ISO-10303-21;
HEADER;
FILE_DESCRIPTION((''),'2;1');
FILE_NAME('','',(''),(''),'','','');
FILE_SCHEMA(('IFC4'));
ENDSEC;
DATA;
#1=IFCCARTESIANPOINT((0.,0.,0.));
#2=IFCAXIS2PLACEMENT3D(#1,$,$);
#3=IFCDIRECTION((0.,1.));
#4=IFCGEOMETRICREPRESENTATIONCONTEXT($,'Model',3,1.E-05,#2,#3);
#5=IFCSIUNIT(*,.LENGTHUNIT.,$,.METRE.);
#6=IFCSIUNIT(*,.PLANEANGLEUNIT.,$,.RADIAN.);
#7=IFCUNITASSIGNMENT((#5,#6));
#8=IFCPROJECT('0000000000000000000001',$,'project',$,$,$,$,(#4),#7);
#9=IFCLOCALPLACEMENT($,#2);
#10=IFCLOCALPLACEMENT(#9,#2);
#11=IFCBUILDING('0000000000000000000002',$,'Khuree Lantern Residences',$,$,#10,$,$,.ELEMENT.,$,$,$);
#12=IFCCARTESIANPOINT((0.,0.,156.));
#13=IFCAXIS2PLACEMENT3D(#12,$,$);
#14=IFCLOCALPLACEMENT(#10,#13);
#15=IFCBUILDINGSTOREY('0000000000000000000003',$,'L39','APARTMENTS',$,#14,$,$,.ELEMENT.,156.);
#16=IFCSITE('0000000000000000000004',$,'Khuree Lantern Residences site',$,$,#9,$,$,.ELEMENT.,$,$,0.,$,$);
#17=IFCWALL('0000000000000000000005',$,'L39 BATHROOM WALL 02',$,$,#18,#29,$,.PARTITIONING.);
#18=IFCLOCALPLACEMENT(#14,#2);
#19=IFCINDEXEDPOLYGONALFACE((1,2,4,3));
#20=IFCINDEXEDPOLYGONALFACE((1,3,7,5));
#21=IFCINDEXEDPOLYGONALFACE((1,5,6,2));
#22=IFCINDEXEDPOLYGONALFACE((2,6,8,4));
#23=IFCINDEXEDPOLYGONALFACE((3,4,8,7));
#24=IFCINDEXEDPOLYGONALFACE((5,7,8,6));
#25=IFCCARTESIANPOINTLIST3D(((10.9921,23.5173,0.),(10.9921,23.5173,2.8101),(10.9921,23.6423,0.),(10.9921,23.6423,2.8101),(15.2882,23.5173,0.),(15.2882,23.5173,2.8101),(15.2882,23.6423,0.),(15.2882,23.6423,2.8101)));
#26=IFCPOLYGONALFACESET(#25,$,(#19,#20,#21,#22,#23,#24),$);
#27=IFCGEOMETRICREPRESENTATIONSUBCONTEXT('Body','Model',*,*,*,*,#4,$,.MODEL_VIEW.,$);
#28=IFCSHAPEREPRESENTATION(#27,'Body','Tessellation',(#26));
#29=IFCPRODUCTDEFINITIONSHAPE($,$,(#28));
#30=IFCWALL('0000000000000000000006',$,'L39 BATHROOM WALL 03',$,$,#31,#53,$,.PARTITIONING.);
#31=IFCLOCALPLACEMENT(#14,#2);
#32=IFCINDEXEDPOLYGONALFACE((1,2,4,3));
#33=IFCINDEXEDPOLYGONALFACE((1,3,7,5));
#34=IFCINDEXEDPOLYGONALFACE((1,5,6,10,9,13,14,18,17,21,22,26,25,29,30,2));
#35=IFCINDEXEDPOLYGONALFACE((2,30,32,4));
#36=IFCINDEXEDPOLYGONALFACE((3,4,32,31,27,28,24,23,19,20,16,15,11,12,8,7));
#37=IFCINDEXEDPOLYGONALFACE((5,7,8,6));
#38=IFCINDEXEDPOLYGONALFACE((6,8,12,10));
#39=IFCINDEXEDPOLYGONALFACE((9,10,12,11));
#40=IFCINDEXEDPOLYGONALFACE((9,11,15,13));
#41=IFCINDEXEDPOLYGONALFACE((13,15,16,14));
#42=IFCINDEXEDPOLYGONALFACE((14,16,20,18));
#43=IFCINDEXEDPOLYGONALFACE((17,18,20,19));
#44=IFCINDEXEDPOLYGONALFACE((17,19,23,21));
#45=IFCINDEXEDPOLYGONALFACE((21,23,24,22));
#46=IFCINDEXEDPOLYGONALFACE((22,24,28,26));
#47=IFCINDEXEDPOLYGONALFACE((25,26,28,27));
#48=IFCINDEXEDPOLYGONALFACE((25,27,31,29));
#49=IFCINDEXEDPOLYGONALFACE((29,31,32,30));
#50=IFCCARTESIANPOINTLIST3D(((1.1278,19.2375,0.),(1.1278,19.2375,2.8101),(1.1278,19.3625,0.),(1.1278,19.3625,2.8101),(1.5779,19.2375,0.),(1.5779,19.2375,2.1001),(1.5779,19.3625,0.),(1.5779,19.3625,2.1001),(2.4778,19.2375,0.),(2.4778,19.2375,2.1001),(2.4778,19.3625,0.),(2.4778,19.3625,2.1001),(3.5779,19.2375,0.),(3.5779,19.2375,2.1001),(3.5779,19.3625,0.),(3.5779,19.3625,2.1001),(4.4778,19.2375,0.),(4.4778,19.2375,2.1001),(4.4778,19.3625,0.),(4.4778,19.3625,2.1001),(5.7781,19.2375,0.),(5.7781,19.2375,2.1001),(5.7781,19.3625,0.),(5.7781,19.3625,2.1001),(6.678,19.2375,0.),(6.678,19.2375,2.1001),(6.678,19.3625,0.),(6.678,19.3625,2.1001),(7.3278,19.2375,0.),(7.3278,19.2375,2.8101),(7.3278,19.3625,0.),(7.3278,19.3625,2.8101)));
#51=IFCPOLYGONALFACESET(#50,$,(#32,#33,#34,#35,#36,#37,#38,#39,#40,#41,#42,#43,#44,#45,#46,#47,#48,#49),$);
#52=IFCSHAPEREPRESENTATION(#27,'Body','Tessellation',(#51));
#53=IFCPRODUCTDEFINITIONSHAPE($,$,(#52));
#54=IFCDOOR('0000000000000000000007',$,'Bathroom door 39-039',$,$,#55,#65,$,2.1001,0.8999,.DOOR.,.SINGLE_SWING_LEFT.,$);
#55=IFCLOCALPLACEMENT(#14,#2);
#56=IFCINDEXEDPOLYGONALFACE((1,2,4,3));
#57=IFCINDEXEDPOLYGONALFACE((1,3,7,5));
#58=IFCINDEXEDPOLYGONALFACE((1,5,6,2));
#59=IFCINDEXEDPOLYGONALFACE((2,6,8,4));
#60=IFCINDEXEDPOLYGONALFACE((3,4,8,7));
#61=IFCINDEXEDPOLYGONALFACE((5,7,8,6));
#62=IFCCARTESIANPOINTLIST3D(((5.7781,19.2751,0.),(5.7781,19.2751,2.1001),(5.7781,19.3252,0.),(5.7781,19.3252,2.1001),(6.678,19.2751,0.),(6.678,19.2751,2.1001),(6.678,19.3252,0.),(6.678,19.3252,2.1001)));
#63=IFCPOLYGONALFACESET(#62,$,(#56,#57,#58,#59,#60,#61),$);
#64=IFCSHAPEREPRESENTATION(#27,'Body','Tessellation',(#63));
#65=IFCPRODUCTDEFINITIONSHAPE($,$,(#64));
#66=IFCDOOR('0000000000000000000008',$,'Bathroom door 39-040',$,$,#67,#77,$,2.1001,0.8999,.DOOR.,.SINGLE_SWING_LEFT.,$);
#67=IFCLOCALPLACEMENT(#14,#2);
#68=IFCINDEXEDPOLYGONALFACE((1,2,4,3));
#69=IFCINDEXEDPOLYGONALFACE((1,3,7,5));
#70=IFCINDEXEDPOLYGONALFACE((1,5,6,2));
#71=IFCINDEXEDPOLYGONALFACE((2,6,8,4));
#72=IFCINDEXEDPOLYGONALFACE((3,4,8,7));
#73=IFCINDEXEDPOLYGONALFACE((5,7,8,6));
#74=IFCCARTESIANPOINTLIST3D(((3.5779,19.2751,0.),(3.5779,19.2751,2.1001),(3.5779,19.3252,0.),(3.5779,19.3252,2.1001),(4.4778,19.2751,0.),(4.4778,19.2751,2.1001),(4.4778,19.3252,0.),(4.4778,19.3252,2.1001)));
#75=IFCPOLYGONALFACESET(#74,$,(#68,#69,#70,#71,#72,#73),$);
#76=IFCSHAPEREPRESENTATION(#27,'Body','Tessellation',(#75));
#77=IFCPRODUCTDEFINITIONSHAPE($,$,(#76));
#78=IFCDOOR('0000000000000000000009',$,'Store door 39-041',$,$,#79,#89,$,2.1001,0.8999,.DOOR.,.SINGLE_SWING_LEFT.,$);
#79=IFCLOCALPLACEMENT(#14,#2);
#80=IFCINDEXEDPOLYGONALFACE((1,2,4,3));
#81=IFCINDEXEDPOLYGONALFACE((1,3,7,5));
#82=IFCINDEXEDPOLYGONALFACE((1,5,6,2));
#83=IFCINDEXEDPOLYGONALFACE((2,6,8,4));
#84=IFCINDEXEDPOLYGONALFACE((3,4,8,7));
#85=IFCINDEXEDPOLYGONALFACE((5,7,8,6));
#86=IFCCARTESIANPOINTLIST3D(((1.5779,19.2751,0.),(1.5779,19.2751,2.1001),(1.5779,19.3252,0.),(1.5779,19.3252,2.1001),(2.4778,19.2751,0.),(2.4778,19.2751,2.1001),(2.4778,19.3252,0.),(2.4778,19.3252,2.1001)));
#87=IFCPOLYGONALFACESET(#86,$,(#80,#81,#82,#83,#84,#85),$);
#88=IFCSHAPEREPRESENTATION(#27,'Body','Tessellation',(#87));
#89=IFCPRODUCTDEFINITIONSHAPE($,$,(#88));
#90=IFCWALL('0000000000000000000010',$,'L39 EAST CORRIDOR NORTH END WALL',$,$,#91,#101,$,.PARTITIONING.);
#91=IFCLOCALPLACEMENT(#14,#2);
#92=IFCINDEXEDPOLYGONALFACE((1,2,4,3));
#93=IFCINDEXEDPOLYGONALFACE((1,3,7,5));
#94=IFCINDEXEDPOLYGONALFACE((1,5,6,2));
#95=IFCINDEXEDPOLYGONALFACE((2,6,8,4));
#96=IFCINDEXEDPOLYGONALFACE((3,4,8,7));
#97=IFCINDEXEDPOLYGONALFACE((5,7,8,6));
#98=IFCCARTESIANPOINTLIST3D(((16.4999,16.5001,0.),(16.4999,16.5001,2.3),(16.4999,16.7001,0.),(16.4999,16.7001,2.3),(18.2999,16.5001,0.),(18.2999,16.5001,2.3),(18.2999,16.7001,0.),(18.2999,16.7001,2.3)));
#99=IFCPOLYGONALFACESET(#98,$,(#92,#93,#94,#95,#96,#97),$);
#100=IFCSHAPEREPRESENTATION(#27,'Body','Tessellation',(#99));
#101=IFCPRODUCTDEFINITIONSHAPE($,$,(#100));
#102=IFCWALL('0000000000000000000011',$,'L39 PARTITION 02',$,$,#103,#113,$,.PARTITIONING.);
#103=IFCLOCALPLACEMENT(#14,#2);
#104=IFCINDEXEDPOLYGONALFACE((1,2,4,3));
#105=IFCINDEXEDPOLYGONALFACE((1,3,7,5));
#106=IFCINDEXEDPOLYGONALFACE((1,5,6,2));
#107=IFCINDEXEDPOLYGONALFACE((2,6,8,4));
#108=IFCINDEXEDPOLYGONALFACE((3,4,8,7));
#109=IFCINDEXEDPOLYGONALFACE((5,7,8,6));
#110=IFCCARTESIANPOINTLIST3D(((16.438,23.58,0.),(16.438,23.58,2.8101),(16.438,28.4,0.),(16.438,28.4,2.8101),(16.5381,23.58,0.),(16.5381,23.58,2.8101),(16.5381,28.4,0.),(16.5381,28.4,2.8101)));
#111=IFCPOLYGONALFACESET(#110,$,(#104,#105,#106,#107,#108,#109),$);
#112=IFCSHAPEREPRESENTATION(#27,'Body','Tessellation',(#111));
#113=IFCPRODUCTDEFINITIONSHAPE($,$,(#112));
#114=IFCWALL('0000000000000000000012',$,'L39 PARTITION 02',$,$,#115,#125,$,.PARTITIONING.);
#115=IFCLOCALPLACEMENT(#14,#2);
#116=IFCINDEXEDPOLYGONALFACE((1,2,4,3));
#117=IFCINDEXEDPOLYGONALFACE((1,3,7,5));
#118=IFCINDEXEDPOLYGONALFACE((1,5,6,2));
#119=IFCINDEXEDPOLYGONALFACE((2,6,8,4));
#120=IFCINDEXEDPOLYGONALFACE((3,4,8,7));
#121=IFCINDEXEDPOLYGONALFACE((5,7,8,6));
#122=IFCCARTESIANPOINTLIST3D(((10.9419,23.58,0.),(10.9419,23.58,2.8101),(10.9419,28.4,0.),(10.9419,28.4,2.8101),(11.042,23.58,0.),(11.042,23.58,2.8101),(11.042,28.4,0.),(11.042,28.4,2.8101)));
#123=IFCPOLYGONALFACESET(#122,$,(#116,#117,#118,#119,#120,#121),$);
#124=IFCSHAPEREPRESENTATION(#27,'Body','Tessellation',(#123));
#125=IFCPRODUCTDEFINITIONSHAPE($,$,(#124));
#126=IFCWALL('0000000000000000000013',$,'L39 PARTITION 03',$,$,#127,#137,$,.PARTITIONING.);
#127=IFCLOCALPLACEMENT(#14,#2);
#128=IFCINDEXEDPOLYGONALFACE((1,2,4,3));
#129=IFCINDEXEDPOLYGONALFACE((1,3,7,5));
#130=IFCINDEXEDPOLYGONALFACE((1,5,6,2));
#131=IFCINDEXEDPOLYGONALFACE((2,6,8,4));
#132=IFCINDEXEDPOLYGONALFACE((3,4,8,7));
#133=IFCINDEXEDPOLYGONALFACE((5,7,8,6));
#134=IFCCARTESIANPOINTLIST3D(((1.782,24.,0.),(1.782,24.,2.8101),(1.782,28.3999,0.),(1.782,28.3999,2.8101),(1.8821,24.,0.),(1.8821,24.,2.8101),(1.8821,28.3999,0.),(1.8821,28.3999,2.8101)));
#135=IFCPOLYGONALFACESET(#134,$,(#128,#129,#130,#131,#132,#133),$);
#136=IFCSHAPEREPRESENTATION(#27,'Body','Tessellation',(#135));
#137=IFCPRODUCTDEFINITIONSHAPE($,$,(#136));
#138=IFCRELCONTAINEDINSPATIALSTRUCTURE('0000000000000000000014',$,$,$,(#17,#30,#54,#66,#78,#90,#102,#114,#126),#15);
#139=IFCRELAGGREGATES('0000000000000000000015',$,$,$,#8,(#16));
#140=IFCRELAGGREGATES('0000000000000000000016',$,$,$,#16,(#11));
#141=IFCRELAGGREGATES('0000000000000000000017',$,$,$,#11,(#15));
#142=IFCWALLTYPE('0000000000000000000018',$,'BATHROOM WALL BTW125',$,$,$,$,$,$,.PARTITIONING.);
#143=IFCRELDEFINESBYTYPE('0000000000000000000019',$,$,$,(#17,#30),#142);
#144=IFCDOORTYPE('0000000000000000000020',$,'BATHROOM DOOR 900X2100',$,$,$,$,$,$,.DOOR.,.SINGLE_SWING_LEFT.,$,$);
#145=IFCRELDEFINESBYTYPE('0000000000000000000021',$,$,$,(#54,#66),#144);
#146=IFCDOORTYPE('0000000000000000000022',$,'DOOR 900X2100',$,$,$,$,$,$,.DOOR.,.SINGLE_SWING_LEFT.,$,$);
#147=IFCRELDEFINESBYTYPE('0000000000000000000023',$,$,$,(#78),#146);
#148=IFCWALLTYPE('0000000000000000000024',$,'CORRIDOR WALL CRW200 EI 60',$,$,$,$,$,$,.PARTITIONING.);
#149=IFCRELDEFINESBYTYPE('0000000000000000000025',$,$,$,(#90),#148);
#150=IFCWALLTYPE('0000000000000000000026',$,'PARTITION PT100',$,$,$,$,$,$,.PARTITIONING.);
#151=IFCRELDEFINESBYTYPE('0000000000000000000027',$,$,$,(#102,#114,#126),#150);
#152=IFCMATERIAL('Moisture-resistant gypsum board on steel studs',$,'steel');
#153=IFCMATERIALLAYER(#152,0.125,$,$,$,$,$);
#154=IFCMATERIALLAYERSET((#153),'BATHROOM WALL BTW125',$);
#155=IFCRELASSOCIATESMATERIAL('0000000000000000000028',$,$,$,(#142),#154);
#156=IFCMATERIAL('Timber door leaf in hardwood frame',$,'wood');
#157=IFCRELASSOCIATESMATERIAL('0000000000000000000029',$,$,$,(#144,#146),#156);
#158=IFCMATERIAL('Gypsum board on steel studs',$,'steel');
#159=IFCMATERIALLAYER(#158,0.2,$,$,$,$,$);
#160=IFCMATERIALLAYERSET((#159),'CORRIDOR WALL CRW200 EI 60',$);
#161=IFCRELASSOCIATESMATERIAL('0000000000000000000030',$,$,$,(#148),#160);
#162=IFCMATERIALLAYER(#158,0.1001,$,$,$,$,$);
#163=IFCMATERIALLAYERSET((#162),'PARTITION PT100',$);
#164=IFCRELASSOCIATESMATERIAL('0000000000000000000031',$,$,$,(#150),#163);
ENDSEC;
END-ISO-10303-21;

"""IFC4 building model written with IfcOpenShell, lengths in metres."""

from ifc_helpers import new_model, si_unit, direction, frame, frame_2d, origin, place, context, subcontext, project, spatial, rectangle, extrude, material, layer, layer_set, type_object, element, fill, save


model = new_model("IFC4")

# Units and contexts
model_context = context("Model", 3, precision=1e-05, world=origin(), true_north=direction((0.0, 1.0)))
body_context = subcontext(model_context, "Body", "Model", "MODEL_VIEW")
ifc_project = project(units=[si_unit("LENGTHUNIT", "METRE"), si_unit("PLANEANGLEUNIT", "RADIAN")], contexts=[model_context])

# Site, building, storey
site_placement = place(None, origin())
site = spatial("IfcSite", under=ifc_project, at=site_placement, Name="Khuree Lantern Residences site", CompositionType="ELEMENT", RefElevation=0.0)
building_placement = place(site_placement, origin())
building = spatial("IfcBuilding", under=site, at=building_placement, Name="Khuree Lantern Residences", CompositionType="ELEMENT")
storey_placement = place(building_placement, frame((0.0, 0.0, 156.0)))
storey = spatial("IfcBuildingStorey", under=building, at=storey_placement, Name="L39", Description="APARTMENTS", CompositionType="ELEMENT", Elevation=156.0)

# Wall
ifc_material_1 = material(Name="Moisture-resistant gypsum board on steel studs", Category="steel")
ifc_layer_1 = layer(ifc_material_1, 0.125)
ifc_layer_set_1 = layer_set([ifc_layer_1], Name="BATHROOM WALL BTW125")
wall_type_1 = type_object("IfcWallType", Name="BATHROOM WALL BTW125", PredefinedType="PARTITIONING", material=ifc_layer_set_1)
wall_1_placement = place(storey_placement, frame((15.2881, 23.5798, 0.0), z_axis=(0.0, 0.0, 1.0), x_axis=(-1.0, 0.0, 0.0)))
element("IfcWall", 1, at=wall_1_placement, inside=storey, type_object=wall_type_1, Name="L39 BATHROOM WALL 02", PredefinedType="PARTITIONING", context=body_context, shape_type="SweptSolid", body=[
    extrude(rectangle(XDim=4.2961, YDim=0.125, at=frame_2d((2.1479, 0.0))), origin(), (0.0, 0.0, 1.0), 2.8101),
])

# Wall, openings, doors
wall_2_placement = place(storey_placement, frame((7.3279, 19.3, 0.0), z_axis=(0.0, 0.0, 1.0), x_axis=(-1.0, 0.0, 0.0)))
wall_2 = element("IfcWall", 2, at=wall_2_placement, inside=storey, type_object=wall_type_1, Name="L39 BATHROOM WALL 03", PredefinedType="PARTITIONING", context=body_context, shape_type="SweptSolid", body=[
    extrude(rectangle(XDim=6.2, YDim=0.125, at=frame_2d((3.1001, 0.0))), origin(), (0.0, 0.0, 1.0), 2.8101),
])
opening_1_placement = place(wall_2_placement, frame((0.6499, 0.0, 0.0)))
opening_1 = element("IfcOpeningElement", 3, at=opening_1_placement, cuts=wall_2, PredefinedType="OPENING", context=body_context, shape_type="SweptSolid", body=[
    extrude(rectangle(XDim=0.8999, YDim=2.1001, at=frame_2d((0.45, 1.05))), frame((0.0, 0.0725, 0.0), z_axis=(0.0, -1.0, 0.0), x_axis=(1.0, 0.0, 0.0)), (0.0, 0.0, 1.0), 0.145),
])
opening_2_placement = place(wall_2_placement, frame((2.8501, 0.0, 0.0)))
opening_2 = element("IfcOpeningElement", 4, at=opening_2_placement, cuts=wall_2, PredefinedType="OPENING", context=body_context, shape_type="SweptSolid", body=[
    extrude(rectangle(XDim=0.8999, YDim=2.1001, at=frame_2d((0.45, 1.05))), frame((0.0, 0.0725, 0.0), z_axis=(0.0, -1.0, 0.0), x_axis=(1.0, 0.0, 0.0)), (0.0, 0.0, 1.0), 0.145),
])
opening_3_placement = place(wall_2_placement, frame((4.8501, 0.0, 0.0)))
opening_3 = element("IfcOpeningElement", 5, at=opening_3_placement, cuts=wall_2, PredefinedType="OPENING", context=body_context, shape_type="SweptSolid", body=[
    extrude(rectangle(XDim=0.8999, YDim=2.1001, at=frame_2d((0.45, 1.05))), frame((0.0, 0.0725, 0.0), z_axis=(0.0, -1.0, 0.0), x_axis=(1.0, 0.0, 0.0)), (0.0, 0.0, 1.0), 0.145),
])
ifc_material_2 = material(Name="Timber door leaf in hardwood frame", Category="wood")
door_type_1 = type_object("IfcDoorType", Name="BATHROOM DOOR 900X2100", OperationType="SINGLE_SWING_LEFT", PredefinedType="DOOR", material=ifc_material_2)
door_1_placement = place(opening_1_placement, origin())
door_1 = element("IfcDoor", 6, at=door_1_placement, inside=storey, type_object=door_type_1, Name="Bathroom door 39-039", OperationType="SINGLE_SWING_LEFT", OverallHeight=2.1001, OverallWidth=0.8999, PredefinedType="DOOR", context=body_context, shape_type="SweptSolid", body=[
    extrude(rectangle(XDim=0.8999, YDim=2.1001, at=frame_2d((0.45, 1.05))), frame((0.0, 0.0249, 0.0), z_axis=(0.0, -1.0, 0.0), x_axis=(1.0, 0.0, 0.0)), (0.0, 0.0, 1.0), 0.05),
])
fill(opening_1, door_1)
door_2_placement = place(opening_2_placement, origin())
door_2 = element("IfcDoor", 7, at=door_2_placement, inside=storey, type_object=door_type_1, Name="Bathroom door 39-040", OperationType="SINGLE_SWING_LEFT", OverallHeight=2.1001, OverallWidth=0.8999, PredefinedType="DOOR", context=body_context, shape_type="SweptSolid", body=[
    extrude(rectangle(XDim=0.8999, YDim=2.1001, at=frame_2d((0.45, 1.05))), frame((0.0, 0.0249, 0.0), z_axis=(0.0, -1.0, 0.0), x_axis=(1.0, 0.0, 0.0)), (0.0, 0.0, 1.0), 0.05),
])
fill(opening_2, door_2)
door_type_2 = type_object("IfcDoorType", Name="DOOR 900X2100", OperationType="SINGLE_SWING_LEFT", PredefinedType="DOOR", material=ifc_material_2)
door_3_placement = place(opening_3_placement, origin())
door_3 = element("IfcDoor", 8, at=door_3_placement, inside=storey, type_object=door_type_2, Name="Store door 39-041", OperationType="SINGLE_SWING_LEFT", OverallHeight=2.1001, OverallWidth=0.8999, PredefinedType="DOOR", context=body_context, shape_type="SweptSolid", body=[
    extrude(rectangle(XDim=0.8999, YDim=2.1001, at=frame_2d((0.45, 1.05))), frame((0.0, 0.0249, 0.0), z_axis=(0.0, -1.0, 0.0), x_axis=(1.0, 0.0, 0.0)), (0.0, 0.0, 1.0), 0.05),
])
fill(opening_3, door_3)

# Walls
ifc_material_3 = material(Name="Gypsum board on steel studs", Category="steel")
ifc_layer_2 = layer(ifc_material_3, 0.2)
ifc_layer_set_2 = layer_set([ifc_layer_2], Name="CORRIDOR WALL CRW200 EI 60")
wall_type_2 = type_object("IfcWallType", Name="CORRIDOR WALL CRW200 EI 60", PredefinedType="PARTITIONING", material=ifc_layer_set_2)
wall_3_placement = place(storey_placement, frame((16.5, 16.6001, 0.0), z_axis=(0.0, 0.0, 1.0), x_axis=(1.0, 0.0, 0.0)))
element("IfcWall", 9, at=wall_3_placement, inside=storey, type_object=wall_type_2, Name="L39 EAST CORRIDOR NORTH END WALL", PredefinedType="PARTITIONING", context=body_context, shape_type="SweptSolid", body=[
    extrude(rectangle(XDim=1.8, YDim=0.2, at=frame_2d((0.8999, 0.0))), origin(), (0.0, 0.0, 1.0), 2.3),
])
ifc_layer_3 = layer(ifc_material_3, 0.1001)
ifc_layer_set_3 = layer_set([ifc_layer_3], Name="PARTITION PT100")
wall_type_3 = type_object("IfcWallType", Name="PARTITION PT100", PredefinedType="PARTITIONING", material=ifc_layer_set_3)
for number, where, z_axis, x_axis, name in (
    (10, (16.488, 23.5798, 0.0), (0.0, 0.0, 1.0), (0.0, 1.0, 0.0), "L39 PARTITION 02"),
    (11, (10.9919, 23.5798, 0.0), (0.0, 0.0, 1.0), (0.0, 1.0, 0.0), "L39 PARTITION 02"),
):
    element("IfcWall", number, at=place(storey_placement, frame(where, z_axis=z_axis, x_axis=x_axis)), inside=storey, type_object=wall_type_3, Name=name, PredefinedType="PARTITIONING", context=body_context, shape_type="SweptSolid", body=[
        extrude(rectangle(XDim=4.8201, YDim=0.1001, at=frame_2d((2.4102, 0.0))), origin(), (0.0, 0.0, 1.0), 2.8101),
    ])
wall_4_placement = place(storey_placement, frame((1.832, 24.0, 0.0), z_axis=(0.0, 0.0, 1.0), x_axis=(0.0, 1.0, 0.0)))
element("IfcWall", 12, at=wall_4_placement, inside=storey, type_object=wall_type_3, Name="L39 PARTITION 03", PredefinedType="PARTITIONING", context=body_context, shape_type="SweptSolid", body=[
    extrude(rectangle(XDim=4.3999, YDim=0.1001, at=frame_2d((2.2, 0.0))), origin(), (0.0, 0.0, 1.0), 2.8101),
])

save(model, "model.ifc")
